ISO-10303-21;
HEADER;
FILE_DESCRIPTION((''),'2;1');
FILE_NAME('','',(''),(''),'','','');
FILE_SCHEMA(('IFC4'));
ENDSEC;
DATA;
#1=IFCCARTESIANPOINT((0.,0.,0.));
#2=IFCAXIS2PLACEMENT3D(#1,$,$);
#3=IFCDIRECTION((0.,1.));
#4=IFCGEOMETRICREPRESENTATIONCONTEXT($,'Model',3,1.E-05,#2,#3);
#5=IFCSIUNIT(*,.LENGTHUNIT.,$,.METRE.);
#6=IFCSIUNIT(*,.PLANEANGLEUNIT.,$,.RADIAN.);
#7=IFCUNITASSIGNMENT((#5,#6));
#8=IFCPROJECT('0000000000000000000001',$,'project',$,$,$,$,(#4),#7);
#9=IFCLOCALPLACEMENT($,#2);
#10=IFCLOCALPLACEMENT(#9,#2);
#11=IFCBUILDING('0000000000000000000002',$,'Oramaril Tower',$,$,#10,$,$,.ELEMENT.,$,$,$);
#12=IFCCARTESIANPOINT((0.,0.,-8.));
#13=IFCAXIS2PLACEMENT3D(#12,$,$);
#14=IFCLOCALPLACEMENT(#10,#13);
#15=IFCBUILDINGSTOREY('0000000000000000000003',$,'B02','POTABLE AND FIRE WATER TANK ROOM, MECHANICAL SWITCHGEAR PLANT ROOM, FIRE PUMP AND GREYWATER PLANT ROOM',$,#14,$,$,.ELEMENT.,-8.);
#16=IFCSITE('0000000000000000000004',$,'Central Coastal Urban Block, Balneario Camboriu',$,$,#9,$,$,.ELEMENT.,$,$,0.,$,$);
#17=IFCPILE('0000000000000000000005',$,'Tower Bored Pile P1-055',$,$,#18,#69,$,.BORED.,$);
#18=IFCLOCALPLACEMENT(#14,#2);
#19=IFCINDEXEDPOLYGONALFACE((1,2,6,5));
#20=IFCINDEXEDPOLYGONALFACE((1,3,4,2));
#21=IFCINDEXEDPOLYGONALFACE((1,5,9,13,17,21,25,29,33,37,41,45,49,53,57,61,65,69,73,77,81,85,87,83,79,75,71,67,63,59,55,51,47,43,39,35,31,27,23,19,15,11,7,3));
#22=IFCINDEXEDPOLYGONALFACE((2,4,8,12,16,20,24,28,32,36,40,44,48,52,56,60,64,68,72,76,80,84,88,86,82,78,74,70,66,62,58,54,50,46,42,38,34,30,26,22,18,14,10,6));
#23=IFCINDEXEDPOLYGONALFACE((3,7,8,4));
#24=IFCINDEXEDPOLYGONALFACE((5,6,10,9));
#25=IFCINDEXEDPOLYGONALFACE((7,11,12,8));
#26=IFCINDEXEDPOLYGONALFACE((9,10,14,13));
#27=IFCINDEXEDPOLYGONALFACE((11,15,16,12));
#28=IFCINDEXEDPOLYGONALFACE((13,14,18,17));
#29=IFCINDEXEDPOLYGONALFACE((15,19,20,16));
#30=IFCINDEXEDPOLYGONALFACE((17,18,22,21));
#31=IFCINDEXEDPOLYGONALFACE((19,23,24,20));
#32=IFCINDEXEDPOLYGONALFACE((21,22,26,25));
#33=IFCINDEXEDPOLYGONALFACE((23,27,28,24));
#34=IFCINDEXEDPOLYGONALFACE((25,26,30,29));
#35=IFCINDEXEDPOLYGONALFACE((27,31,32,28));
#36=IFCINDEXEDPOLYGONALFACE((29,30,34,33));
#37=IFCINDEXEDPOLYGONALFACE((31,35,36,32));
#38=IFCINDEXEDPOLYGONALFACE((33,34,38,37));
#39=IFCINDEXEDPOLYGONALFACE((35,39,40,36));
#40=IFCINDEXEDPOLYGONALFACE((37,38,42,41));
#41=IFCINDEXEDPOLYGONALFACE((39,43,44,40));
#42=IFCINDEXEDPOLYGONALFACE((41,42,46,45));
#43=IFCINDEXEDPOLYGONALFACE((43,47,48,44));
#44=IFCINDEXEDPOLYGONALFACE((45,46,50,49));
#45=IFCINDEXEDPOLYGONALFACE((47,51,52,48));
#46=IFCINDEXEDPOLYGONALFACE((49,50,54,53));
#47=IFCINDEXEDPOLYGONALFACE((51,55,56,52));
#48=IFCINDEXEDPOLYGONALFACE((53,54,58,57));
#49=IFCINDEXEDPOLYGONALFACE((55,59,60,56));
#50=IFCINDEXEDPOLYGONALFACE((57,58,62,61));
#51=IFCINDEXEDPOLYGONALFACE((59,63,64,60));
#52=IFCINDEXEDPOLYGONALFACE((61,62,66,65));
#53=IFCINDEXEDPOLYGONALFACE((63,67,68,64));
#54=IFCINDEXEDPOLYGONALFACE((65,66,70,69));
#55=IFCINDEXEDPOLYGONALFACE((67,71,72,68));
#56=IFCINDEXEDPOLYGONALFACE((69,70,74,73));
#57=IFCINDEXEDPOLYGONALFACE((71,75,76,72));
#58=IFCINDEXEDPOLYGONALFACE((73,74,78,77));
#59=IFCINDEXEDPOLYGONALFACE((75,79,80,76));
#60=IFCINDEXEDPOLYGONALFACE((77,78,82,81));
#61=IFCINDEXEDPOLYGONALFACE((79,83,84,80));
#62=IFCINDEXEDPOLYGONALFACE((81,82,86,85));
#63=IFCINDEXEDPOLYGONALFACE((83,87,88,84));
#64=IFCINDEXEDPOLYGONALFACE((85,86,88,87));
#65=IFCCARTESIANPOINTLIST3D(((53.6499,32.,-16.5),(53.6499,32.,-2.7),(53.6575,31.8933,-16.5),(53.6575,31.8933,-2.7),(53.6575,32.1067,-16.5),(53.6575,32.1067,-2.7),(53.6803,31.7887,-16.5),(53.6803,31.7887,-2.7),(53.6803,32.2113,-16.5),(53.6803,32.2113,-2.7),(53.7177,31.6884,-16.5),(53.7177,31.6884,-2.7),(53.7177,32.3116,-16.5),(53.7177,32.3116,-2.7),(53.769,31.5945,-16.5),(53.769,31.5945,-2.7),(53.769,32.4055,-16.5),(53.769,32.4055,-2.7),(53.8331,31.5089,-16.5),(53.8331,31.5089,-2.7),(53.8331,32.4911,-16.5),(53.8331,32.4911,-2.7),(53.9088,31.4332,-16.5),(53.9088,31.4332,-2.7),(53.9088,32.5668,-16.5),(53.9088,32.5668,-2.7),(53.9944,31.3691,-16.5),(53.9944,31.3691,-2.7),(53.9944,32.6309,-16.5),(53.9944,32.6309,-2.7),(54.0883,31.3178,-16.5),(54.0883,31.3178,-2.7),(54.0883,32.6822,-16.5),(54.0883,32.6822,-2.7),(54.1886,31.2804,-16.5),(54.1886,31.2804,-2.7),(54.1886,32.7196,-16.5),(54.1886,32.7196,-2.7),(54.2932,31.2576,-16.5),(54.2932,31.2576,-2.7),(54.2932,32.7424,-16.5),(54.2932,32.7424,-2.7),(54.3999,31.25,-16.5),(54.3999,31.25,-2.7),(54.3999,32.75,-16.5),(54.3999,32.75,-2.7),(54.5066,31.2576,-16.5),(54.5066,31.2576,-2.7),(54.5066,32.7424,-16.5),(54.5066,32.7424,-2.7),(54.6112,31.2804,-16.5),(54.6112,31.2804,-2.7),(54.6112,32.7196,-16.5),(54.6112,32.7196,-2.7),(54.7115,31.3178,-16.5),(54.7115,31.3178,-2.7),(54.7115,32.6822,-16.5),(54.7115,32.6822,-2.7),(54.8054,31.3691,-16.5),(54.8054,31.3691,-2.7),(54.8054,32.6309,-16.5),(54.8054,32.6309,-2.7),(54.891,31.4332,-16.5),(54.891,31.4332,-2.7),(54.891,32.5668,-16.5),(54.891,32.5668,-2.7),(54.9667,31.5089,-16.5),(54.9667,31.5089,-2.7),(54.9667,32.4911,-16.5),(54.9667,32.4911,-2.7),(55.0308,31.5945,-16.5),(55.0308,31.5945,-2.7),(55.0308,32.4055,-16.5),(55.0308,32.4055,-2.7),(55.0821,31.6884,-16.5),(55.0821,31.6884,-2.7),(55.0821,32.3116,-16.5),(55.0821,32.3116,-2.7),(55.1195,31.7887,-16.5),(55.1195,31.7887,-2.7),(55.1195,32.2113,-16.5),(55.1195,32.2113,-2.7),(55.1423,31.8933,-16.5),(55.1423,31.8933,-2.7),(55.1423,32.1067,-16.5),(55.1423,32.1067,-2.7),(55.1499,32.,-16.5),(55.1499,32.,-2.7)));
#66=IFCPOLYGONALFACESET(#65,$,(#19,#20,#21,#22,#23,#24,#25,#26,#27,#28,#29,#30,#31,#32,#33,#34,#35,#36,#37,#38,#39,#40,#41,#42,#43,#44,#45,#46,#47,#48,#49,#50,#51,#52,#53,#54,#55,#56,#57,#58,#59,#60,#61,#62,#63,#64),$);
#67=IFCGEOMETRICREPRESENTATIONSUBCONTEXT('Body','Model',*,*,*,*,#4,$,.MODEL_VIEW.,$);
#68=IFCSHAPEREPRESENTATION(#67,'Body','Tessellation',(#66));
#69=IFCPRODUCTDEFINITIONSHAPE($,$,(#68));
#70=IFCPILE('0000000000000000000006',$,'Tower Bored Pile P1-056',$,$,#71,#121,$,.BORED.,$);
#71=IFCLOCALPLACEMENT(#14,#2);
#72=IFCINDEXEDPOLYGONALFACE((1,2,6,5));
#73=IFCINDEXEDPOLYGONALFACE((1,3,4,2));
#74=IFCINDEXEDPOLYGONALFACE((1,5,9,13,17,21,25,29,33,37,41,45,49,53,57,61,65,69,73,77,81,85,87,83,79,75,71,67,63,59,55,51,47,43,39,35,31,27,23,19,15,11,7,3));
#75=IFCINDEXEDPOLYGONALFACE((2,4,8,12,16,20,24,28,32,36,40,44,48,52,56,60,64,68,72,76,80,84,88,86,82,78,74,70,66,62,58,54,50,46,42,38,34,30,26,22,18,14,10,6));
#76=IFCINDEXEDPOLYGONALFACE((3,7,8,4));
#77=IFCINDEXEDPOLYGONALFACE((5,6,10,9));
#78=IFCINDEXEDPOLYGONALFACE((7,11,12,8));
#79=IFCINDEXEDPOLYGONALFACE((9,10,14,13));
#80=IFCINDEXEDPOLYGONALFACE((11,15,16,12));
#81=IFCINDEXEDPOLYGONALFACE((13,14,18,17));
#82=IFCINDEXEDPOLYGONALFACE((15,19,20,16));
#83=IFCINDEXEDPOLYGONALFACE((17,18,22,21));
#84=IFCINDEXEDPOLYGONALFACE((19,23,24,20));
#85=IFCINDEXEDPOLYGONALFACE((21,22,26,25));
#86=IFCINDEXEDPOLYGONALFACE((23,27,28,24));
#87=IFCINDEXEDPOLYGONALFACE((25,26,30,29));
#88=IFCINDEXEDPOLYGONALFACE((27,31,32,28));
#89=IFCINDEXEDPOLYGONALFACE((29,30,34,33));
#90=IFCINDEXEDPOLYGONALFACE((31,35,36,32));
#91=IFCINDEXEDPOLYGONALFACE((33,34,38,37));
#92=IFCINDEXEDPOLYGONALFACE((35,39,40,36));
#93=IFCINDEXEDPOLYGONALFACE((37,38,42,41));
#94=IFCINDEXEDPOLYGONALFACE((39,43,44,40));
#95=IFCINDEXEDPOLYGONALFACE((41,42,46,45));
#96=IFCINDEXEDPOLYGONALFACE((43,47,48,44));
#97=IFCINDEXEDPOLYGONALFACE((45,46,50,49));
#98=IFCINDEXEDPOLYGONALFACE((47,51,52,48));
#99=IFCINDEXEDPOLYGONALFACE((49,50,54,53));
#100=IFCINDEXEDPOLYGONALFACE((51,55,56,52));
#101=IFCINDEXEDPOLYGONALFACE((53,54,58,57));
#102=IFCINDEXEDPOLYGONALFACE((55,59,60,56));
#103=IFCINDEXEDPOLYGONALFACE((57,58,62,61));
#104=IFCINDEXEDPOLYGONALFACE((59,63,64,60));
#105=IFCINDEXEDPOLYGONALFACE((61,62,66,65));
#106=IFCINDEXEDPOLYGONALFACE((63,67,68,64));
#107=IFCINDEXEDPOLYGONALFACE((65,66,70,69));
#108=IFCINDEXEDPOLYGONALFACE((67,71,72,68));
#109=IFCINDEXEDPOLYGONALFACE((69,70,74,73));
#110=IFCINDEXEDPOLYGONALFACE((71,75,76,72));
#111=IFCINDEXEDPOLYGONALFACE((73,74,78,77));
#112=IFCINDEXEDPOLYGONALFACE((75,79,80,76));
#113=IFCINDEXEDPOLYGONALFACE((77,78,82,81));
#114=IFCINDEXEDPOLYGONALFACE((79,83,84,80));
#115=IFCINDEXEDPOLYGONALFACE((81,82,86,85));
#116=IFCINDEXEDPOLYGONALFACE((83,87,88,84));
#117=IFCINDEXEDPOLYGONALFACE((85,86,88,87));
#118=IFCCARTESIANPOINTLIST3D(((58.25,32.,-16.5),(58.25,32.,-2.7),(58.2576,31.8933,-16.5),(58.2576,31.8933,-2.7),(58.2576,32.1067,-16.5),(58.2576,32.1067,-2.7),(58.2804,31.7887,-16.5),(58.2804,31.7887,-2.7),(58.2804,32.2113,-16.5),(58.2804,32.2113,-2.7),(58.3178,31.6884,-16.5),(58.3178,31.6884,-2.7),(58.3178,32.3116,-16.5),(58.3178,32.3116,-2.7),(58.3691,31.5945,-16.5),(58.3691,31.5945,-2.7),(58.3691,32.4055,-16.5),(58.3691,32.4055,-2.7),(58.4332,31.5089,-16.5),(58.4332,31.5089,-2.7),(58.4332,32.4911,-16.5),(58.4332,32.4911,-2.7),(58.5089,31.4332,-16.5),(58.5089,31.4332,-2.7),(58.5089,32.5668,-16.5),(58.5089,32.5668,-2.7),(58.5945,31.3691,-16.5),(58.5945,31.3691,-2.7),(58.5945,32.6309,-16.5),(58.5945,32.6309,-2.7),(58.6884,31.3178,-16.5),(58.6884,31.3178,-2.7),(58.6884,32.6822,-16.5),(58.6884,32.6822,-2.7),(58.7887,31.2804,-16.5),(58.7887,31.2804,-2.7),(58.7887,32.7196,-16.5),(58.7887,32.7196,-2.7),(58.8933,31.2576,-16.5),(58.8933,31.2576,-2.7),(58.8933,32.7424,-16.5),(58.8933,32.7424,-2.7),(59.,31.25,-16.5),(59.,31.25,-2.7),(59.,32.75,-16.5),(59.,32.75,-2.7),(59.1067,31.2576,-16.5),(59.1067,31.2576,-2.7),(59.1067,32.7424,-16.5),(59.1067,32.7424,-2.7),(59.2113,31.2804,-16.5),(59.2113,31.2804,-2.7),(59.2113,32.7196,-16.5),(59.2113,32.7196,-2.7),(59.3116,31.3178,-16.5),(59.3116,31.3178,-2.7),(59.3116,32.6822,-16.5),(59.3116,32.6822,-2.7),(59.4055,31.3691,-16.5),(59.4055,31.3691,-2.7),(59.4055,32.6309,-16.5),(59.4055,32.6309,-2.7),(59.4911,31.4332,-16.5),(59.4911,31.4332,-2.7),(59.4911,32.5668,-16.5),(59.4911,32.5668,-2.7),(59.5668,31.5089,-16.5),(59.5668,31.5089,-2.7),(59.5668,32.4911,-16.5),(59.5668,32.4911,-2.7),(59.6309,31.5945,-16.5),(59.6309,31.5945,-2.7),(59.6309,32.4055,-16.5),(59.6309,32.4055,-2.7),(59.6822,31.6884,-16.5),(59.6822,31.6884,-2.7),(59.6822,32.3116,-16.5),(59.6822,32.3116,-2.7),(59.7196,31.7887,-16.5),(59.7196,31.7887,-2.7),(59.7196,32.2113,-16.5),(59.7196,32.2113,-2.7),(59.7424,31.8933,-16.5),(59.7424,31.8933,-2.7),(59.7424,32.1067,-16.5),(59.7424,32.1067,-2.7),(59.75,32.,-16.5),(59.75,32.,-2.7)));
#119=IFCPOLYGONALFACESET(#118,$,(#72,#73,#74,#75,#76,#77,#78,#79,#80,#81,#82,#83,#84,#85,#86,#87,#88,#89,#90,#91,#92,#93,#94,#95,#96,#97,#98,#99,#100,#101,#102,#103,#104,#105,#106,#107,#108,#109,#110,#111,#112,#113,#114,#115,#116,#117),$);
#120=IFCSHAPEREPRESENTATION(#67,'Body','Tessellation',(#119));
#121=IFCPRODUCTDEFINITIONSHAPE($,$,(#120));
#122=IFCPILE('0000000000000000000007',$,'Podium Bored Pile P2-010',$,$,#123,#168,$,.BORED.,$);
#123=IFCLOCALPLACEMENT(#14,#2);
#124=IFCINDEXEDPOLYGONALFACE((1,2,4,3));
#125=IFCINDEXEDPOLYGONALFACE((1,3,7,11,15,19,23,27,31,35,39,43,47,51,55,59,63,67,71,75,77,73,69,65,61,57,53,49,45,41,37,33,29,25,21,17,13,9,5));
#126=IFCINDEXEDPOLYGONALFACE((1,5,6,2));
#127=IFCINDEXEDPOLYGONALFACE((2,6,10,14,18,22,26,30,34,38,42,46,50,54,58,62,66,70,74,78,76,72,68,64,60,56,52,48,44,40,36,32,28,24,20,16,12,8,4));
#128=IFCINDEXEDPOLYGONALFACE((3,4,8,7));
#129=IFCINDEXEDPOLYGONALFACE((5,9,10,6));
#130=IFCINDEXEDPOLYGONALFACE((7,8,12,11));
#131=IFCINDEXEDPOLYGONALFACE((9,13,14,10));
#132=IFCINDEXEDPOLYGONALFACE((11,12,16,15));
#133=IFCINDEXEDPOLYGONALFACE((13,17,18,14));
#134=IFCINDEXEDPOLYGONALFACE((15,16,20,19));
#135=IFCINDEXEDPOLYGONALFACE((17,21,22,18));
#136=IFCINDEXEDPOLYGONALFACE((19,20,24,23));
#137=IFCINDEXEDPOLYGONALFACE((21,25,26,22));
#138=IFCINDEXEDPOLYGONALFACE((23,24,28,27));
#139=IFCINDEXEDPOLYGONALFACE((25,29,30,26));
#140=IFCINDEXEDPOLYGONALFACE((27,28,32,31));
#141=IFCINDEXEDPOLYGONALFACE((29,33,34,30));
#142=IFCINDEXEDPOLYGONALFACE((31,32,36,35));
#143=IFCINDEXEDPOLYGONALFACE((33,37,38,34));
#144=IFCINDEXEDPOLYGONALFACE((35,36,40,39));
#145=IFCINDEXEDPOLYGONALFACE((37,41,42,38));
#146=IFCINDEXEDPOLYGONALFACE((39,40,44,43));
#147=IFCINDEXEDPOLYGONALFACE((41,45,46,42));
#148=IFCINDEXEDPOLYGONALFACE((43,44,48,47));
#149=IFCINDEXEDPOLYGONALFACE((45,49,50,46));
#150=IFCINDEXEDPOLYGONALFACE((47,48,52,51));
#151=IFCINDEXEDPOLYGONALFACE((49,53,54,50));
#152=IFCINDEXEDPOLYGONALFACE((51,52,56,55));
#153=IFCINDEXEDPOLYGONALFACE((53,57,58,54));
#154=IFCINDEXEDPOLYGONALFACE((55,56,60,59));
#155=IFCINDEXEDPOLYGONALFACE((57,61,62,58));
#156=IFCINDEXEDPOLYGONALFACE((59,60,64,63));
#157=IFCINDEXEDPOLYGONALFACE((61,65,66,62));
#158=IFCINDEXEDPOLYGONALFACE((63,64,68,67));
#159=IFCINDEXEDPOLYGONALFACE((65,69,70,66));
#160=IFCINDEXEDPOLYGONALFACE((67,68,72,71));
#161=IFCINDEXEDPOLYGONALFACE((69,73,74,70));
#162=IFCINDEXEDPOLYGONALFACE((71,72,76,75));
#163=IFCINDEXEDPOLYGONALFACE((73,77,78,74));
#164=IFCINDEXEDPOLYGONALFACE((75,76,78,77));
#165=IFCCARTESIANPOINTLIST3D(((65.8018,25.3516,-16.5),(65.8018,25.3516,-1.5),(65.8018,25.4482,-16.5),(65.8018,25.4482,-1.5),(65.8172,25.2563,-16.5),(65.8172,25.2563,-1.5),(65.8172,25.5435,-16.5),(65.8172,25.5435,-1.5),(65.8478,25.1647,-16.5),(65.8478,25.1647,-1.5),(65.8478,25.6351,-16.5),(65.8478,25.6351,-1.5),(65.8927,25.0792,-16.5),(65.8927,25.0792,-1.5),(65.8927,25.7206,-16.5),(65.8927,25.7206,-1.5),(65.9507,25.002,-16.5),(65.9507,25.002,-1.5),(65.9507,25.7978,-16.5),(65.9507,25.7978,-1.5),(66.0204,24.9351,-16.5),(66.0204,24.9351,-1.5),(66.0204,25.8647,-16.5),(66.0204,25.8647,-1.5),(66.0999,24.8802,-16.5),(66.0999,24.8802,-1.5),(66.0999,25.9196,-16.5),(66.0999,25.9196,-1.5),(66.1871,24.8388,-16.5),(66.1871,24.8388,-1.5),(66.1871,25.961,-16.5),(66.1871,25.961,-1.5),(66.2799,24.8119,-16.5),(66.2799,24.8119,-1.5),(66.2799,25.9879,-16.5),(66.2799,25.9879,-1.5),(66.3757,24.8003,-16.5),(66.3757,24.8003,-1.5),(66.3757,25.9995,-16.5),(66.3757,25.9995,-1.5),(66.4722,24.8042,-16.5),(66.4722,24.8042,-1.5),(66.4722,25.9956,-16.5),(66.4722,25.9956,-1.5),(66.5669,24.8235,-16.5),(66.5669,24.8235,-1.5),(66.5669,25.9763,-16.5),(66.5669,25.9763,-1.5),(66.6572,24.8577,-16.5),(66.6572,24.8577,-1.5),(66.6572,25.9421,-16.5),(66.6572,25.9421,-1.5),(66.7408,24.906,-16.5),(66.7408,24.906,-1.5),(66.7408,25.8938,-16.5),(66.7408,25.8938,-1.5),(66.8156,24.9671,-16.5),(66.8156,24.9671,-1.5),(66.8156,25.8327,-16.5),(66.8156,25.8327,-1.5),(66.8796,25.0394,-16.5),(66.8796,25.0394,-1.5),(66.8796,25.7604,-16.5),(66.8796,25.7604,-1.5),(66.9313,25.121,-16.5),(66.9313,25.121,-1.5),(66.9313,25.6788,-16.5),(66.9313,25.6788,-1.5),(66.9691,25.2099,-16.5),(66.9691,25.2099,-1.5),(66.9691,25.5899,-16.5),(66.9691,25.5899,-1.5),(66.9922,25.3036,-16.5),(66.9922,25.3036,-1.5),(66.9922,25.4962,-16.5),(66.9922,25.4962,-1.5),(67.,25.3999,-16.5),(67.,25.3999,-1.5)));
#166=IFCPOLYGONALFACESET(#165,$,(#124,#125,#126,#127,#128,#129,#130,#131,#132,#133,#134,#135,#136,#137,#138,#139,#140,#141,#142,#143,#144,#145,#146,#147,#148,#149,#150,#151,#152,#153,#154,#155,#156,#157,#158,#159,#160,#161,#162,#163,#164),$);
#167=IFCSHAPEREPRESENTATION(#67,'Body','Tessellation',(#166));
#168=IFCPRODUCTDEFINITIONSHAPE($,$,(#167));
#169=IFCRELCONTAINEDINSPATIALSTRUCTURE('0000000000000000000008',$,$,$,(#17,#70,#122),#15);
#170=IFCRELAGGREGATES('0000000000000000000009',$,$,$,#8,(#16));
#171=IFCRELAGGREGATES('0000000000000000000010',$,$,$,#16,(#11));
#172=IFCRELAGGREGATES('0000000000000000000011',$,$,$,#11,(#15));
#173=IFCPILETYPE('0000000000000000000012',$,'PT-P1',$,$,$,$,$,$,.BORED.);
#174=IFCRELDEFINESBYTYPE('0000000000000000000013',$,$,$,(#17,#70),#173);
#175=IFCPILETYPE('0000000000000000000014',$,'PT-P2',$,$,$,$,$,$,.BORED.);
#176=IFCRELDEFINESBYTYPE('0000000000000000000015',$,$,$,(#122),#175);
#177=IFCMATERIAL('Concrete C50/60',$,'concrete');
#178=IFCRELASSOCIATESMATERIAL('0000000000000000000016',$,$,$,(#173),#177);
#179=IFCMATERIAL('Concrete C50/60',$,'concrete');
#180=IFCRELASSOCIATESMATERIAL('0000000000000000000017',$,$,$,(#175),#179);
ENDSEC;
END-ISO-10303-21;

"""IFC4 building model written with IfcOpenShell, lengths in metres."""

from ifc_helpers import new_model, si_unit, direction, frame, origin, origin_2d, place, context, subcontext, project, spatial, circle, extrude, material, material_profile, profile_set, type_object, element, save


model = new_model("IFC4")

# Units and contexts
model_context = context("Model", 3, precision=1e-05, world=origin(), true_north=direction((0.0, 1.0)))
body_context = subcontext(model_context, "Body", "Model", "MODEL_VIEW")
ifc_project = project(units=[si_unit("LENGTHUNIT", "METRE"), si_unit("PLANEANGLEUNIT", "RADIAN")], contexts=[model_context])

# Site, building, storey
site_placement = place(None, origin())
site = spatial("IfcSite", under=ifc_project, at=site_placement, Name="Central Coastal Urban Block, Balneario Camboriu", CompositionType="ELEMENT", RefElevation=0.0)
building_placement = place(site_placement, origin())
building = spatial("IfcBuilding", under=site, at=building_placement, Name="Oramaril Tower", CompositionType="ELEMENT")
storey_placement = place(building_placement, frame((0.0, 0.0, -8.0)))
storey = spatial("IfcBuildingStorey", under=building, at=storey_placement, Name="B02", Description="POTABLE AND FIRE WATER TANK ROOM, MECHANICAL SWITCHGEAR PLANT ROOM, FIRE PUMP AND GREYWATER PLANT ROOM", CompositionType="ELEMENT", Elevation=-8.0)

# Piles
ifc_material_1 = material(Name="Concrete C50/60", Category="concrete")
ifc_material_profile_1 = material_profile(ifc_material_1, circle(Radius=0.75, at=origin_2d()), Name="D1500")
ifc_profile_set_1 = profile_set([ifc_material_profile_1], Name="Concrete C50/60")
pile_type_1 = type_object("IfcPileType", Name="PT-P1", PredefinedType="BORED", material=ifc_profile_set_1)
for number, where, z_axis, x_axis, name in (
    (1, (54.3999, 32.0, -2.7), (0.0, 0.0, -1.0), (1.0, 0.0, 0.0), "Tower Bored Pile P1-055"),
    (2, (59.0, 32.0, -2.7), (0.0, 0.0, -1.0), (1.0, 0.0, 0.0), "Tower Bored Pile P1-056"),
):
    element("IfcPile", number, at=place(storey_placement, frame(where, z_axis=z_axis, x_axis=x_axis)), inside=storey, type_object=pile_type_1, Name=name, PredefinedType="BORED", context=body_context, shape_type="SweptSolid", body=[
        extrude(circle(Radius=0.75, at=origin_2d()), origin(), (0.0, 0.0, 1.0), 13.8),
    ])
ifc_material_2 = material(Name="Concrete C50/60", Category="concrete")
ifc_material_profile_2 = material_profile(ifc_material_2, circle(Radius=0.6001, at=origin_2d()), Name="D1200")
ifc_profile_set_2 = profile_set([ifc_material_profile_2], Name="Concrete C50/60")
pile_type_2 = type_object("IfcPileType", Name="PT-P2", PredefinedType="BORED", material=ifc_profile_set_2)
for number, where, z_axis, x_axis, name in (
    (3, (66.3999, 25.3999, -1.5), (0.0, 0.0, -1.0), (1.0, 0.0, 0.0), "Podium Bored Pile P2-010"),
):
    element("IfcPile", number, at=place(storey_placement, frame(where, z_axis=z_axis, x_axis=x_axis)), inside=storey, type_object=pile_type_2, Name=name, PredefinedType="BORED", context=body_context, shape_type="SweptSolid", body=[
        extrude(circle(Radius=0.6001, at=origin_2d()), origin(), (0.0, 0.0, 1.0), 15.0),
    ])

save(model, "model.ifc")
